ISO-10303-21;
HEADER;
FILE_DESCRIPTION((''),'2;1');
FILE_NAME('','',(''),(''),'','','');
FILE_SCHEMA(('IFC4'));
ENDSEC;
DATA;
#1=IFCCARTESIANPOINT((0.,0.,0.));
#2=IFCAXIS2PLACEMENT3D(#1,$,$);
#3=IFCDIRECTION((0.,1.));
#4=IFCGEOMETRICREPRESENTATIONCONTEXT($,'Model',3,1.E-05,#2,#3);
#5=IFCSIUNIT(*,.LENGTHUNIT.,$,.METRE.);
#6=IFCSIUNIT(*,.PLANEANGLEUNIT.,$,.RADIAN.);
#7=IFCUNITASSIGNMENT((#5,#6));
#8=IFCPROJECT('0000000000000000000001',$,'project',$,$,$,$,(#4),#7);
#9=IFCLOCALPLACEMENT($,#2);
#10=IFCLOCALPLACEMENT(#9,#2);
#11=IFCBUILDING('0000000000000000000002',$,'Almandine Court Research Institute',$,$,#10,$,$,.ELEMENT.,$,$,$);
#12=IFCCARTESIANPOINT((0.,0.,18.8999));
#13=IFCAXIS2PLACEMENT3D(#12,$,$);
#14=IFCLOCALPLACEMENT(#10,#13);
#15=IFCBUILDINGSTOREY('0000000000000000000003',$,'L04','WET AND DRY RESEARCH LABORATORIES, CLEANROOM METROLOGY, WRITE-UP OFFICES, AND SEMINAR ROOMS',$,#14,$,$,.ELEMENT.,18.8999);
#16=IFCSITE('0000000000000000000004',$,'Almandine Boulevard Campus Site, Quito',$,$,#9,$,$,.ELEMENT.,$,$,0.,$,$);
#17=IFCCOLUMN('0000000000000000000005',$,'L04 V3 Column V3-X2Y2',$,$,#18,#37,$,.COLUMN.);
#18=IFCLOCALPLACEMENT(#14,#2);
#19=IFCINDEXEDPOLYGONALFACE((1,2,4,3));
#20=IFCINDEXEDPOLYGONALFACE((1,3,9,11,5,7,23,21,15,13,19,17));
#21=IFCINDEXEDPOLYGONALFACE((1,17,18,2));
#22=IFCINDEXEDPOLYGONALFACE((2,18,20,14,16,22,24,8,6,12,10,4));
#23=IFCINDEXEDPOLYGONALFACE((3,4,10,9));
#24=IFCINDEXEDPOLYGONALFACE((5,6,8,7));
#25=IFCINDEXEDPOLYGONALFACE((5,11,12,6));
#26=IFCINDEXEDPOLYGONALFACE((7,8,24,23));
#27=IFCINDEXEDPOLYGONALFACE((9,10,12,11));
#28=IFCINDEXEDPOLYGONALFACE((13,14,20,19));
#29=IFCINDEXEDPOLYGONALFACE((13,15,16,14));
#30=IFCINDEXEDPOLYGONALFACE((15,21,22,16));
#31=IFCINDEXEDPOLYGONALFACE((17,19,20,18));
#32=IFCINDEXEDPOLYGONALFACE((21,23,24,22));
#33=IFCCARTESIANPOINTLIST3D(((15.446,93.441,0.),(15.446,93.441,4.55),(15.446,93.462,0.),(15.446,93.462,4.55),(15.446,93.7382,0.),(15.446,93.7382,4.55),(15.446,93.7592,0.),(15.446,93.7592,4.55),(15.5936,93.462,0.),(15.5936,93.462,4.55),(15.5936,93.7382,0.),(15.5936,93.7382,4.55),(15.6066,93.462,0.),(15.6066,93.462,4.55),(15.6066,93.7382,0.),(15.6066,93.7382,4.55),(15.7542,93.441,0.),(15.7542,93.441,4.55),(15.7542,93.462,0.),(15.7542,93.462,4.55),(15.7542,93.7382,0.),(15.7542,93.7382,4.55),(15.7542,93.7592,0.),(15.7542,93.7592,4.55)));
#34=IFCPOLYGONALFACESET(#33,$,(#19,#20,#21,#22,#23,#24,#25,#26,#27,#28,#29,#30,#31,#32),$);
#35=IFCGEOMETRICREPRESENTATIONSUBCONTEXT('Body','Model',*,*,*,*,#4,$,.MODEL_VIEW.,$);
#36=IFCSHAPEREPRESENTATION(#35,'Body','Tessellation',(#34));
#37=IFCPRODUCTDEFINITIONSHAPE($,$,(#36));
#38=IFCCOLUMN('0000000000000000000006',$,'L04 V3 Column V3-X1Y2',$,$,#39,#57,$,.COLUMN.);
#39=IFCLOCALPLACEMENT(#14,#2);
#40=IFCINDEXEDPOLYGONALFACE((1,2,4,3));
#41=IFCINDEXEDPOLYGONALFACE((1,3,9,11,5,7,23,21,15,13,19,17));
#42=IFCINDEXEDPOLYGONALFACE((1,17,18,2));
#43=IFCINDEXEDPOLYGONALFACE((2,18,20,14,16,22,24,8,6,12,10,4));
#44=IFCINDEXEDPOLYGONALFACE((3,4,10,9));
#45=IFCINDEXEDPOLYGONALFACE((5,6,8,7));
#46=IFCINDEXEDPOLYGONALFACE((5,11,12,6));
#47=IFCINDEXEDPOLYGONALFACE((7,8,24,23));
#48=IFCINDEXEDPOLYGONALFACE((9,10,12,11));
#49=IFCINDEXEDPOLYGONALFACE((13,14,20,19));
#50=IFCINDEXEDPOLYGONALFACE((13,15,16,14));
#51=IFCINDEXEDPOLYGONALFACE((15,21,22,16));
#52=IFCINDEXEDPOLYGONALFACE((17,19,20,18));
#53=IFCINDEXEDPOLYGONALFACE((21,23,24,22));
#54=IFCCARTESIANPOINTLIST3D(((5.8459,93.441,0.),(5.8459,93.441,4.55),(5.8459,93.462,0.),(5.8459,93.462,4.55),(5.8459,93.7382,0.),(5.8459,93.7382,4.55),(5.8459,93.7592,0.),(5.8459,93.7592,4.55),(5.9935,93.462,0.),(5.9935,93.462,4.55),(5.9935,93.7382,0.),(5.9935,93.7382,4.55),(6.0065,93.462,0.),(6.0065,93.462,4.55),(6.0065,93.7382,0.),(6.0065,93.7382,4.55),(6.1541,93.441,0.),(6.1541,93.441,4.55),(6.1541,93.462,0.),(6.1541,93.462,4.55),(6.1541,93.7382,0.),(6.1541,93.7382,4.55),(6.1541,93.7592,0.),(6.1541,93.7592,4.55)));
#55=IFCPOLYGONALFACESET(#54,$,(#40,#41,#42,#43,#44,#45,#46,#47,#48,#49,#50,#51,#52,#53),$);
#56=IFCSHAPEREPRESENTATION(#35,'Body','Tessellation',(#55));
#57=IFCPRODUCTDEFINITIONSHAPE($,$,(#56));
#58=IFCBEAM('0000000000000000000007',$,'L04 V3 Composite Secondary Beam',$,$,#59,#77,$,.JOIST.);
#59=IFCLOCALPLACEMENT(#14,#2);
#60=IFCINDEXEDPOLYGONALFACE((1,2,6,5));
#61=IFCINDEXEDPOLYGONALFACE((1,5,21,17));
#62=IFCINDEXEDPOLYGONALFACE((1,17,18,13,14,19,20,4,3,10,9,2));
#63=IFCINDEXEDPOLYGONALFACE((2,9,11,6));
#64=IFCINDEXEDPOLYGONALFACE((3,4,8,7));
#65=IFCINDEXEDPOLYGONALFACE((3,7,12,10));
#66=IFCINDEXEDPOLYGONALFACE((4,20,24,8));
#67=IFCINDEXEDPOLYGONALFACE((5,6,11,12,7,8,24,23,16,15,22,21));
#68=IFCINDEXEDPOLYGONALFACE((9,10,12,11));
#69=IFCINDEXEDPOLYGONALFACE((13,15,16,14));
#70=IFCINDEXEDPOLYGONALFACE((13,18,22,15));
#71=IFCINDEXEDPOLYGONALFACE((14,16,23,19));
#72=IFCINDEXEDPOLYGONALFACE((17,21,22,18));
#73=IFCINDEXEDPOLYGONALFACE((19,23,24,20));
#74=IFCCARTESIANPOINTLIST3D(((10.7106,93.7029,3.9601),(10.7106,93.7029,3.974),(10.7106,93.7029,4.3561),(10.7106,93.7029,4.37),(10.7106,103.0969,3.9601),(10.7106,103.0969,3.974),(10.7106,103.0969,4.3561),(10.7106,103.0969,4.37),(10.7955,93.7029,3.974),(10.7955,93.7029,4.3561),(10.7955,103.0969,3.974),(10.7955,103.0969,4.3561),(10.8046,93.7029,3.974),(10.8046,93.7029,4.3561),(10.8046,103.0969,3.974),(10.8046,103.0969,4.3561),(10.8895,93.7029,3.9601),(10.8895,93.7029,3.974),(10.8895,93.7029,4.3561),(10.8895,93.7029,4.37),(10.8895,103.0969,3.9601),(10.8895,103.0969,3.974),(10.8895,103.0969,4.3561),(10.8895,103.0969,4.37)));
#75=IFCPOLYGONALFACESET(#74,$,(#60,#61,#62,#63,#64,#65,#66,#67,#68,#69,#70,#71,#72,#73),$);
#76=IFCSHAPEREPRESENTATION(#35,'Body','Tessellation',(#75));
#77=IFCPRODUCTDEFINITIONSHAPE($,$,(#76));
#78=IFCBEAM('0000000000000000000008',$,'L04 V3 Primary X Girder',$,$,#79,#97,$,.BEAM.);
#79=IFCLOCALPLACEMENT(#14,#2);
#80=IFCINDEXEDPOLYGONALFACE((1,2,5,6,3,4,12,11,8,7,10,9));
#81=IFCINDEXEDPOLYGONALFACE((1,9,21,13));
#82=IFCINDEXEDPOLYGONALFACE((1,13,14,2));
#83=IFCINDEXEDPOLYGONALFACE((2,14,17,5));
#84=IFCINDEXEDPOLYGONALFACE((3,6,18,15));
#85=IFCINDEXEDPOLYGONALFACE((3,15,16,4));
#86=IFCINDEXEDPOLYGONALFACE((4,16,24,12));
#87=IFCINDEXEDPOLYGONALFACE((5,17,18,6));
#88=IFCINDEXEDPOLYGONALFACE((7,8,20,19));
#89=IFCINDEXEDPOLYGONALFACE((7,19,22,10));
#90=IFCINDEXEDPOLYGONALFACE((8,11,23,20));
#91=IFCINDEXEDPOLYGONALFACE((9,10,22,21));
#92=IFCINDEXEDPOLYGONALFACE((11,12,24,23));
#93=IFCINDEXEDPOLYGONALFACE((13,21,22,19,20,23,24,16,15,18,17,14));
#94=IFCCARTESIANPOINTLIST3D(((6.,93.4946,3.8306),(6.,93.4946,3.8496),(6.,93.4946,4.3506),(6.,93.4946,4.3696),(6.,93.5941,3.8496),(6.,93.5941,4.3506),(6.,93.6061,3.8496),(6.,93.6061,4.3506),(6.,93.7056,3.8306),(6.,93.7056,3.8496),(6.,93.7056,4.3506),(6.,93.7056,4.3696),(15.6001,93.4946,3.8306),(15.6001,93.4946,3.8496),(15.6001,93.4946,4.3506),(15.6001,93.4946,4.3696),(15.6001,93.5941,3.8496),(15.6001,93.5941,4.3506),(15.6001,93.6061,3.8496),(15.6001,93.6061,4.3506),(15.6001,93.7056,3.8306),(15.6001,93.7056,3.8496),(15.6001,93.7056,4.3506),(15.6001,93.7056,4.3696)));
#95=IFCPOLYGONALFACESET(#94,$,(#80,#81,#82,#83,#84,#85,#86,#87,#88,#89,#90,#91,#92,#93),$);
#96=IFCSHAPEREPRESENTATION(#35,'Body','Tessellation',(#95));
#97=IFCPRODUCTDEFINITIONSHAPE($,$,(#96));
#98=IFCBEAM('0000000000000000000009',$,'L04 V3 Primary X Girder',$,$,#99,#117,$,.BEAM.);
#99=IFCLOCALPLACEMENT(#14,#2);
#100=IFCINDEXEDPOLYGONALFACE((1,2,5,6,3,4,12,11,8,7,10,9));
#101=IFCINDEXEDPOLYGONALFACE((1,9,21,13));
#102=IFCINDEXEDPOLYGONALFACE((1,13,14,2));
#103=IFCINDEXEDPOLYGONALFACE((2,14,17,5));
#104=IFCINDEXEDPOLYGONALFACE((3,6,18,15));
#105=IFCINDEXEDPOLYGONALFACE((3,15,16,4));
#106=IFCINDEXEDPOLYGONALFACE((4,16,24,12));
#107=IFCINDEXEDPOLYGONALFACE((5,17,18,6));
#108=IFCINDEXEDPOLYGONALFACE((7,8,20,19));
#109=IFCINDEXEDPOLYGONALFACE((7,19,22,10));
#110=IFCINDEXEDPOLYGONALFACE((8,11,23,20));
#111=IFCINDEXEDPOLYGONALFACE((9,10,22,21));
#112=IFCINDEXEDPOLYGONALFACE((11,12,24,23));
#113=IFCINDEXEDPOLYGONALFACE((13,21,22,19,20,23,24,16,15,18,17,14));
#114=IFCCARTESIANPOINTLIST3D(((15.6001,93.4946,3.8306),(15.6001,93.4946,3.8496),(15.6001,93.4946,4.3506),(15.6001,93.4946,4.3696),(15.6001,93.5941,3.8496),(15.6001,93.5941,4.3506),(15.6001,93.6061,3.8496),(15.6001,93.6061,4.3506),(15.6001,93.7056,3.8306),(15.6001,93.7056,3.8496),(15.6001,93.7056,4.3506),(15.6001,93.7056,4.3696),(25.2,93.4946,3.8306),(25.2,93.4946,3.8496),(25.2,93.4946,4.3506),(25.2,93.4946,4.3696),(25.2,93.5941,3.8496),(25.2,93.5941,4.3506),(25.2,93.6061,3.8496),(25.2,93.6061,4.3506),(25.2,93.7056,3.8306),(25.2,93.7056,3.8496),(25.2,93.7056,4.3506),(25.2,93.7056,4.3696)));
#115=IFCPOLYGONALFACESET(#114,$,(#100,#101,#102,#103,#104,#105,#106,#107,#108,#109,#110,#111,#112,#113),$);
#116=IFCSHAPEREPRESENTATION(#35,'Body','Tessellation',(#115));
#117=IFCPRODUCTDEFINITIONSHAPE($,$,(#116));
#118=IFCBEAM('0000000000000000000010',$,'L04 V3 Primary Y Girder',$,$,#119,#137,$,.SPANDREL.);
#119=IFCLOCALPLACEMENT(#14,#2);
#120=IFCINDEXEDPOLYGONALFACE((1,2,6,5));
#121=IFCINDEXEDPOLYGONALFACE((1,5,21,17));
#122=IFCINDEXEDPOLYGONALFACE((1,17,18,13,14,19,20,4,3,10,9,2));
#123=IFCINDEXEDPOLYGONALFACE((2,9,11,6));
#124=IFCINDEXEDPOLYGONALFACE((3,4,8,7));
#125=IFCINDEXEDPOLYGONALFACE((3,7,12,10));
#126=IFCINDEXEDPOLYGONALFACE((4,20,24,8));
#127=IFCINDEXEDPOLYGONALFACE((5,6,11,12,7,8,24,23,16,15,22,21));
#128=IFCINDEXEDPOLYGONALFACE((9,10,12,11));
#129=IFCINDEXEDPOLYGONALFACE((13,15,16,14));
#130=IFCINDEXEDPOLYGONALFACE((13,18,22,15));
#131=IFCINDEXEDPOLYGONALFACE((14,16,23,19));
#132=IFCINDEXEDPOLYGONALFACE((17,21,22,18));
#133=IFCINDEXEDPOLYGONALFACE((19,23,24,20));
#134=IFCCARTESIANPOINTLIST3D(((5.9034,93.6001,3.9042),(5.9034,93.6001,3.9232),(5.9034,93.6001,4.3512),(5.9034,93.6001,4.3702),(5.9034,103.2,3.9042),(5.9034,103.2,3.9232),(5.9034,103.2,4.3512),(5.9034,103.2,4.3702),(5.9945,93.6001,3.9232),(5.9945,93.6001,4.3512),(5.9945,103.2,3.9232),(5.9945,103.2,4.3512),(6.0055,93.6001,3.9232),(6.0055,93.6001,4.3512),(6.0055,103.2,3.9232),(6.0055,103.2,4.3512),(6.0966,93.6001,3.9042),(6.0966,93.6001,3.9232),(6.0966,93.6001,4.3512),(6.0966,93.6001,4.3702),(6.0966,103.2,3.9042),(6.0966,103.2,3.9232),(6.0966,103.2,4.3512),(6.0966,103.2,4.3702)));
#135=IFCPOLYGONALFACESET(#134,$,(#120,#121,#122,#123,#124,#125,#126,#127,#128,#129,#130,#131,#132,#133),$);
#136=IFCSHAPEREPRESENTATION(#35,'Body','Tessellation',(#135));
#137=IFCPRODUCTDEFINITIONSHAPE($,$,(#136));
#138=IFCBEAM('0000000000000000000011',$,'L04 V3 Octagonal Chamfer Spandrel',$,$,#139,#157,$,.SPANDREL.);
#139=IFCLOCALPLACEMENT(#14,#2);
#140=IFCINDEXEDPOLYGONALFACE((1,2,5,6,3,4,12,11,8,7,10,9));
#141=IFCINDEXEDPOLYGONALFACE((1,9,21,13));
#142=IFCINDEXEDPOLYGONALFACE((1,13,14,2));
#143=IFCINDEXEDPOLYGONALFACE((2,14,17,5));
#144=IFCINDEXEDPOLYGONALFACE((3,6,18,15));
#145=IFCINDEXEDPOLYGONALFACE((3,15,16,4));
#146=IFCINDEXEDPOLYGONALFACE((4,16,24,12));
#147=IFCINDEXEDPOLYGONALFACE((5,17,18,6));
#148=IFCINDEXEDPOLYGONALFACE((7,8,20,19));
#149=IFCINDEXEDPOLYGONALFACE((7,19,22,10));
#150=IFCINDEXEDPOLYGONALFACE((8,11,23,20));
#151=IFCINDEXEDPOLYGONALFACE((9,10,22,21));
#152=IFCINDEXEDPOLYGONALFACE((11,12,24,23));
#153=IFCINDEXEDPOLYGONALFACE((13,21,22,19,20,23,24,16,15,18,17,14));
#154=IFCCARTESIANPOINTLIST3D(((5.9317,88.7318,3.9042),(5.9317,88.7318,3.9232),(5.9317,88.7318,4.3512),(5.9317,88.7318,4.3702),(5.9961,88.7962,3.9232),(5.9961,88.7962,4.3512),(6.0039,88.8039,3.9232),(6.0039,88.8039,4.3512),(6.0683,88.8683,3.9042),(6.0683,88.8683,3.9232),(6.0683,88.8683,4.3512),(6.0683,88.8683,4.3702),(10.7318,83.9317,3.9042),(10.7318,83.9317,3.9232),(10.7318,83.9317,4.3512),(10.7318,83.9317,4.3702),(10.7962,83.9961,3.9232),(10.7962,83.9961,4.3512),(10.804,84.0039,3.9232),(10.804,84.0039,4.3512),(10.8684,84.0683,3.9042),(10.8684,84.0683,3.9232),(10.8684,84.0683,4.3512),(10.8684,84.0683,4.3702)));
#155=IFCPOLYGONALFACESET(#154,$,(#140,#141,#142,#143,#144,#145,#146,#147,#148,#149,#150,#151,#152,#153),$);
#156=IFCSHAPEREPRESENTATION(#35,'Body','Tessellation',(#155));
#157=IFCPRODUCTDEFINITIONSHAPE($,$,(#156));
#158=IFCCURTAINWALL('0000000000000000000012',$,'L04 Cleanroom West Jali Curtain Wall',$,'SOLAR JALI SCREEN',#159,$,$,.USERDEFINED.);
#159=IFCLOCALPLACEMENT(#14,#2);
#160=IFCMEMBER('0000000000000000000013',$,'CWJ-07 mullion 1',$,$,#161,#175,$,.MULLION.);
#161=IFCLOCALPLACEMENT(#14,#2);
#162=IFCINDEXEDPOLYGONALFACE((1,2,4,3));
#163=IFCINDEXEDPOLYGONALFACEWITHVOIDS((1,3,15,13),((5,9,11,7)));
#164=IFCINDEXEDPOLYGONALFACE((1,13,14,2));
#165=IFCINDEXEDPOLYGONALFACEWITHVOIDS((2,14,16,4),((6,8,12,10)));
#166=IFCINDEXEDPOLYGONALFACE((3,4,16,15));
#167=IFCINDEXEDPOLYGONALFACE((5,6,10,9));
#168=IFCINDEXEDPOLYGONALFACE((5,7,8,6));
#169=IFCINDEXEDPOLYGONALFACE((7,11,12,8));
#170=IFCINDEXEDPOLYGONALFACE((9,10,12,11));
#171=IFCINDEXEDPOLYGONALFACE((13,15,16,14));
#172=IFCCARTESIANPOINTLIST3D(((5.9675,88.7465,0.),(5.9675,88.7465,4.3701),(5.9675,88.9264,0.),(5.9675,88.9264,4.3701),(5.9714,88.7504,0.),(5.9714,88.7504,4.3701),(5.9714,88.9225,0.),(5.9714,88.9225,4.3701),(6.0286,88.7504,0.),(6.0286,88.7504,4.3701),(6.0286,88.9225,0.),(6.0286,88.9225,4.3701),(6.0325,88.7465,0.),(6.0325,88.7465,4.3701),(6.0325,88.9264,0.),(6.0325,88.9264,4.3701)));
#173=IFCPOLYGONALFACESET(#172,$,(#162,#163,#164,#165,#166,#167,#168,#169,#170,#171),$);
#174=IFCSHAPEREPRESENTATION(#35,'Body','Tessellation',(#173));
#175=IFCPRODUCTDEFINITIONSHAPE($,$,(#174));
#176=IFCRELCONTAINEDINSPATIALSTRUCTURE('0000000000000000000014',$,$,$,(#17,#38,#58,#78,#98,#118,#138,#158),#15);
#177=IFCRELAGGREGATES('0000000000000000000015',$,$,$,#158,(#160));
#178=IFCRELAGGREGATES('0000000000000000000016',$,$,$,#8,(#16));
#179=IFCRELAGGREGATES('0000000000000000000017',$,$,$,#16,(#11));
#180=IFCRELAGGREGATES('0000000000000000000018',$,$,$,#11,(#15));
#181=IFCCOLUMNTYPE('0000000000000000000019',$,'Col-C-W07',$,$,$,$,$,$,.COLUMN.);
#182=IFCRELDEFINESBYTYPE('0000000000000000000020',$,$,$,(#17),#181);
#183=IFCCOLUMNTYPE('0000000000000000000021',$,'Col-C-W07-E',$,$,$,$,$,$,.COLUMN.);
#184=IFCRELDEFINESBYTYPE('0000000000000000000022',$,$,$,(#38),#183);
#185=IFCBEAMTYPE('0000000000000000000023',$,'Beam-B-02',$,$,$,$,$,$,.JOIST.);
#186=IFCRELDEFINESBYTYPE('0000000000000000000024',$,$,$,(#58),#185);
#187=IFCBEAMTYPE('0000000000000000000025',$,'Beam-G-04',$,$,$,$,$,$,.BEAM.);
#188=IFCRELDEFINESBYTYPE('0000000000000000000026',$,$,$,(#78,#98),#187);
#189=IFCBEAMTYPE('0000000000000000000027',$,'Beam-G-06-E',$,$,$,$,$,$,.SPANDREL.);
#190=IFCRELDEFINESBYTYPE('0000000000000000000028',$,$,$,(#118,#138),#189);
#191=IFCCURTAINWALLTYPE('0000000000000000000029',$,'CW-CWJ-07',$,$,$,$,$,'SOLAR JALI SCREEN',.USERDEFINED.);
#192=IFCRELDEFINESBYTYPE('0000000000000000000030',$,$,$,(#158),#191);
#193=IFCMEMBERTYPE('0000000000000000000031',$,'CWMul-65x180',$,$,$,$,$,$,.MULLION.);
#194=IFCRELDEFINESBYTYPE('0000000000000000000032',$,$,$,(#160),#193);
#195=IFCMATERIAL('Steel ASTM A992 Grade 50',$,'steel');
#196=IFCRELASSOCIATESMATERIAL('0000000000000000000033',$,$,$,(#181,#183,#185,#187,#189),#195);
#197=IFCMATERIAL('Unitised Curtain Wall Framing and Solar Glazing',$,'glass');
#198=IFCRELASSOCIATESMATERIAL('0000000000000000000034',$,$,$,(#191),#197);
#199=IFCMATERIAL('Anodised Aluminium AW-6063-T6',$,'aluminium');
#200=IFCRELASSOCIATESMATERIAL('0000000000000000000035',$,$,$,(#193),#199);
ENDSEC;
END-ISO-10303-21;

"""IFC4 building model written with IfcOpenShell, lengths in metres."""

from ifc_helpers import new_model, si_unit, direction, frame, origin, origin_2d, place, context, subcontext, project, spatial, hollow_rectangle, i_section, extrude, material, material_profile, profile_set, type_object, element, aggregate, save


model = new_model("IFC4")

# Units and contexts
model_context = context("Model", 3, precision=1e-05, world=origin(), true_north=direction((0.0, 1.0)))
body_context = subcontext(model_context, "Body", "Model", "MODEL_VIEW")
ifc_project = project(units=[si_unit("LENGTHUNIT", "METRE"), si_unit("PLANEANGLEUNIT", "RADIAN")], contexts=[model_context])

# Site, building, storey
site_placement = place(None, origin())
site = spatial("IfcSite", under=ifc_project, at=site_placement, Name="Almandine Boulevard Campus Site, Quito", CompositionType="ELEMENT", RefElevation=0.0)
building_placement = place(site_placement, origin())
building = spatial("IfcBuilding", under=site, at=building_placement, Name="Almandine Court Research Institute", CompositionType="ELEMENT")
storey_placement = place(building_placement, frame((0.0, 0.0, 18.8999)))
storey = spatial("IfcBuildingStorey", under=building, at=storey_placement, Name="L04", Description="WET AND DRY RESEARCH LABORATORIES, CLEANROOM METROLOGY, WRITE-UP OFFICES, AND SEMINAR ROOMS", CompositionType="ELEMENT", Elevation=18.8999)

# Columns
ifc_material_1 = material(Name="Steel ASTM A992 Grade 50", Category="steel")
ifc_material_profile_1 = material_profile(ifc_material_1, i_section(OverallWidth=0.3081, OverallDepth=0.3181, WebThickness=0.0129, FlangeThickness=0.021, at=origin_2d()), Name="W310x129")
ifc_profile_set_1 = profile_set([ifc_material_profile_1], Name="Steel ASTM A992 Grade 50")
column_type_1 = type_object("IfcColumnType", Name="Col-C-W07", PredefinedType="COLUMN", material=ifc_profile_set_1)
column_1_placement = place(storey_placement, frame((15.6001, 93.6001, 0.0), z_axis=(0.0, 0.0, 1.0), x_axis=(1.0, 0.0, 0.0)))
element("IfcColumn", 1, at=column_1_placement, inside=storey, type_object=column_type_1, Name="L04 V3 Column V3-X2Y2", PredefinedType="COLUMN", context=body_context, shape_type="SweptSolid", body=[
    extrude(i_section(OverallWidth=0.3081, OverallDepth=0.3181, WebThickness=0.0129, FlangeThickness=0.021, at=origin_2d()), origin(), (0.0, 0.0, 1.0), 4.55),
])
ifc_material_profile_2 = material_profile(ifc_material_1, i_section(OverallWidth=0.3081, OverallDepth=0.3181, WebThickness=0.0129, FlangeThickness=0.021, at=origin_2d()), Name="W310x129")
ifc_profile_set_2 = profile_set([ifc_material_profile_2], Name="Steel ASTM A992 Grade 50")
column_type_2 = type_object("IfcColumnType", Name="Col-C-W07-E", PredefinedType="COLUMN", material=ifc_profile_set_2)
column_2_placement = place(storey_placement, frame((6.0, 93.6001, 0.0), z_axis=(0.0, 0.0, 1.0), x_axis=(1.0, 0.0, 0.0)))
element("IfcColumn", 2, at=column_2_placement, inside=storey, type_object=column_type_2, Name="L04 V3 Column V3-X1Y2", PredefinedType="COLUMN", context=body_context, shape_type="SweptSolid", body=[
    extrude(i_section(OverallWidth=0.3081, OverallDepth=0.3181, WebThickness=0.0129, FlangeThickness=0.021, at=origin_2d()), origin(), (0.0, 0.0, 1.0), 4.55),
])

# Beams
ifc_material_profile_3 = material_profile(ifc_material_1, i_section(OverallWidth=0.179, OverallDepth=0.4099, WebThickness=0.009, FlangeThickness=0.0139, at=origin_2d()), Name="W410x67")
ifc_profile_set_3 = profile_set([ifc_material_profile_3], Name="Steel ASTM A992 Grade 50")
beam_type_1 = type_object("IfcBeamType", Name="Beam-B-02", PredefinedType="JOIST", material=ifc_profile_set_3)
beam_1_placement = place(storey_placement, frame((10.8, 93.7029, 4.165), z_axis=(0.0, 1.0, 0.0), x_axis=(-1.0, 0.0, 0.0)))
element("IfcBeam", 3, at=beam_1_placement, inside=storey, type_object=beam_type_1, Name="L04 V3 Composite Secondary Beam", PredefinedType="JOIST", context=body_context, shape_type="SweptSolid", body=[
    extrude(i_section(OverallWidth=0.179, OverallDepth=0.4099, WebThickness=0.009, FlangeThickness=0.0139, at=origin_2d()), origin(), (0.0, 0.0, 1.0), 9.394),
])
ifc_material_profile_4 = material_profile(ifc_material_1, i_section(OverallWidth=0.2109, OverallDepth=0.5391, WebThickness=0.012, FlangeThickness=0.019, at=origin_2d()), Name="W530x109")
ifc_profile_set_4 = profile_set([ifc_material_profile_4], Name="Steel ASTM A992 Grade 50")
beam_type_2 = type_object("IfcBeamType", Name="Beam-G-04", PredefinedType="BEAM", material=ifc_profile_set_4)
beam_2_placement = place(storey_placement, frame((6.0, 93.6001, 4.1001), z_axis=(1.0, 0.0, 0.0), x_axis=(0.0, 1.0, 0.0)))
element("IfcBeam", 4, at=beam_2_placement, inside=storey, type_object=beam_type_2, Name="L04 V3 Primary X Girder", PredefinedType="BEAM", context=body_context, shape_type="SweptSolid", body=[
    extrude(i_section(OverallWidth=0.2109, OverallDepth=0.5391, WebThickness=0.012, FlangeThickness=0.019, at=origin_2d()), origin(), (0.0, 0.0, 1.0), 9.6001),
])
beam_3_placement = place(storey_placement, frame((15.6001, 93.6001, 4.1001), z_axis=(1.0, 0.0, 0.0), x_axis=(0.0, 1.0, 0.0)))
element("IfcBeam", 5, at=beam_3_placement, inside=storey, type_object=beam_type_2, Name="L04 V3 Primary X Girder", PredefinedType="BEAM", context=body_context, shape_type="SweptSolid", body=[
    extrude(i_section(OverallWidth=0.2109, OverallDepth=0.5391, WebThickness=0.012, FlangeThickness=0.019, at=origin_2d()), origin(), (0.0, 0.0, 1.0), 9.5999),
])
ifc_material_profile_5 = material_profile(ifc_material_1, i_section(OverallWidth=0.1931, OverallDepth=0.4661, WebThickness=0.011, FlangeThickness=0.019, at=origin_2d()), Name="W460x97")
ifc_profile_set_5 = profile_set([ifc_material_profile_5], Name="Steel ASTM A992 Grade 50")
beam_type_3 = type_object("IfcBeamType", Name="Beam-G-06-E", PredefinedType="SPANDREL", material=ifc_profile_set_5)
beam_4_placement = place(storey_placement, frame((6.0, 93.6001, 4.1372), z_axis=(0.0, 1.0, 0.0), x_axis=(-1.0, 0.0, 0.0)))
element("IfcBeam", 6, at=beam_4_placement, inside=storey, type_object=beam_type_3, Name="L04 V3 Primary Y Girder", PredefinedType="SPANDREL", context=body_context, shape_type="SweptSolid", body=[
    extrude(i_section(OverallWidth=0.1931, OverallDepth=0.4661, WebThickness=0.011, FlangeThickness=0.019, at=origin_2d()), origin(), (0.0, 0.0, 1.0), 9.5999),
])
beam_5_placement = place(storey_placement, frame((6.0, 88.8, 4.1372), z_axis=(0.707107, -0.707107, 0.0), x_axis=(0.707107, 0.707107, 0.0)))
element("IfcBeam", 7, at=beam_5_placement, inside=storey, type_object=beam_type_3, Name="L04 V3 Octagonal Chamfer Spandrel", PredefinedType="SPANDREL", context=body_context, shape_type="SweptSolid", body=[
    extrude(i_section(OverallWidth=0.1931, OverallDepth=0.4661, WebThickness=0.011, FlangeThickness=0.019, at=origin_2d()), origin(), (0.0, 0.0, 1.0), 6.7883),
])

# Curtain wall, member
ifc_material_2 = material(Name="Unitised Curtain Wall Framing and Solar Glazing", Category="glass")
curtain_wall_type = type_object("IfcCurtainWallType", Name="CW-CWJ-07", ElementType="SOLAR JALI SCREEN", PredefinedType="USERDEFINED", material=ifc_material_2)
curtain_wall_placement = place(storey_placement, origin())
curtain_wall = element("IfcCurtainWall", 8, at=curtain_wall_placement, inside=storey, type_object=curtain_wall_type, Name="L04 Cleanroom West Jali Curtain Wall", ObjectType="SOLAR JALI SCREEN", PredefinedType="USERDEFINED")
ifc_material_3 = material(Name="Anodised Aluminium AW-6063-T6", Category="aluminium")
ifc_material_profile_6 = material_profile(ifc_material_3, hollow_rectangle(XDim=0.0649, YDim=0.1799, WallThickness=0.0039, at=origin_2d()), Name="ALU RHS 65x180x4")
ifc_profile_set_6 = profile_set([ifc_material_profile_6], Name="Anodised Aluminium AW-6063-T6")
member_type_1 = type_object("IfcMemberType", Name="CWMul-65x180", PredefinedType="MULLION", material=ifc_profile_set_6)
member_1_placement = place(storey_placement, frame((6.0, 88.8364, 0.0), z_axis=(0.0, 0.0, 1.0), x_axis=(-1.0, 0.0, 0.0)))
member_1 = element("IfcMember", 9, at=member_1_placement, type_object=member_type_1, Name="CWJ-07 mullion 1", PredefinedType="MULLION", context=body_context, shape_type="SweptSolid", body=[
    extrude(hollow_rectangle(XDim=0.0649, YDim=0.1799, WallThickness=0.0039, at=origin_2d()), origin(), (0.0, 0.0, 1.0), 4.3701),
])
aggregate(curtain_wall, [member_1])

save(model, "model.ifc")
